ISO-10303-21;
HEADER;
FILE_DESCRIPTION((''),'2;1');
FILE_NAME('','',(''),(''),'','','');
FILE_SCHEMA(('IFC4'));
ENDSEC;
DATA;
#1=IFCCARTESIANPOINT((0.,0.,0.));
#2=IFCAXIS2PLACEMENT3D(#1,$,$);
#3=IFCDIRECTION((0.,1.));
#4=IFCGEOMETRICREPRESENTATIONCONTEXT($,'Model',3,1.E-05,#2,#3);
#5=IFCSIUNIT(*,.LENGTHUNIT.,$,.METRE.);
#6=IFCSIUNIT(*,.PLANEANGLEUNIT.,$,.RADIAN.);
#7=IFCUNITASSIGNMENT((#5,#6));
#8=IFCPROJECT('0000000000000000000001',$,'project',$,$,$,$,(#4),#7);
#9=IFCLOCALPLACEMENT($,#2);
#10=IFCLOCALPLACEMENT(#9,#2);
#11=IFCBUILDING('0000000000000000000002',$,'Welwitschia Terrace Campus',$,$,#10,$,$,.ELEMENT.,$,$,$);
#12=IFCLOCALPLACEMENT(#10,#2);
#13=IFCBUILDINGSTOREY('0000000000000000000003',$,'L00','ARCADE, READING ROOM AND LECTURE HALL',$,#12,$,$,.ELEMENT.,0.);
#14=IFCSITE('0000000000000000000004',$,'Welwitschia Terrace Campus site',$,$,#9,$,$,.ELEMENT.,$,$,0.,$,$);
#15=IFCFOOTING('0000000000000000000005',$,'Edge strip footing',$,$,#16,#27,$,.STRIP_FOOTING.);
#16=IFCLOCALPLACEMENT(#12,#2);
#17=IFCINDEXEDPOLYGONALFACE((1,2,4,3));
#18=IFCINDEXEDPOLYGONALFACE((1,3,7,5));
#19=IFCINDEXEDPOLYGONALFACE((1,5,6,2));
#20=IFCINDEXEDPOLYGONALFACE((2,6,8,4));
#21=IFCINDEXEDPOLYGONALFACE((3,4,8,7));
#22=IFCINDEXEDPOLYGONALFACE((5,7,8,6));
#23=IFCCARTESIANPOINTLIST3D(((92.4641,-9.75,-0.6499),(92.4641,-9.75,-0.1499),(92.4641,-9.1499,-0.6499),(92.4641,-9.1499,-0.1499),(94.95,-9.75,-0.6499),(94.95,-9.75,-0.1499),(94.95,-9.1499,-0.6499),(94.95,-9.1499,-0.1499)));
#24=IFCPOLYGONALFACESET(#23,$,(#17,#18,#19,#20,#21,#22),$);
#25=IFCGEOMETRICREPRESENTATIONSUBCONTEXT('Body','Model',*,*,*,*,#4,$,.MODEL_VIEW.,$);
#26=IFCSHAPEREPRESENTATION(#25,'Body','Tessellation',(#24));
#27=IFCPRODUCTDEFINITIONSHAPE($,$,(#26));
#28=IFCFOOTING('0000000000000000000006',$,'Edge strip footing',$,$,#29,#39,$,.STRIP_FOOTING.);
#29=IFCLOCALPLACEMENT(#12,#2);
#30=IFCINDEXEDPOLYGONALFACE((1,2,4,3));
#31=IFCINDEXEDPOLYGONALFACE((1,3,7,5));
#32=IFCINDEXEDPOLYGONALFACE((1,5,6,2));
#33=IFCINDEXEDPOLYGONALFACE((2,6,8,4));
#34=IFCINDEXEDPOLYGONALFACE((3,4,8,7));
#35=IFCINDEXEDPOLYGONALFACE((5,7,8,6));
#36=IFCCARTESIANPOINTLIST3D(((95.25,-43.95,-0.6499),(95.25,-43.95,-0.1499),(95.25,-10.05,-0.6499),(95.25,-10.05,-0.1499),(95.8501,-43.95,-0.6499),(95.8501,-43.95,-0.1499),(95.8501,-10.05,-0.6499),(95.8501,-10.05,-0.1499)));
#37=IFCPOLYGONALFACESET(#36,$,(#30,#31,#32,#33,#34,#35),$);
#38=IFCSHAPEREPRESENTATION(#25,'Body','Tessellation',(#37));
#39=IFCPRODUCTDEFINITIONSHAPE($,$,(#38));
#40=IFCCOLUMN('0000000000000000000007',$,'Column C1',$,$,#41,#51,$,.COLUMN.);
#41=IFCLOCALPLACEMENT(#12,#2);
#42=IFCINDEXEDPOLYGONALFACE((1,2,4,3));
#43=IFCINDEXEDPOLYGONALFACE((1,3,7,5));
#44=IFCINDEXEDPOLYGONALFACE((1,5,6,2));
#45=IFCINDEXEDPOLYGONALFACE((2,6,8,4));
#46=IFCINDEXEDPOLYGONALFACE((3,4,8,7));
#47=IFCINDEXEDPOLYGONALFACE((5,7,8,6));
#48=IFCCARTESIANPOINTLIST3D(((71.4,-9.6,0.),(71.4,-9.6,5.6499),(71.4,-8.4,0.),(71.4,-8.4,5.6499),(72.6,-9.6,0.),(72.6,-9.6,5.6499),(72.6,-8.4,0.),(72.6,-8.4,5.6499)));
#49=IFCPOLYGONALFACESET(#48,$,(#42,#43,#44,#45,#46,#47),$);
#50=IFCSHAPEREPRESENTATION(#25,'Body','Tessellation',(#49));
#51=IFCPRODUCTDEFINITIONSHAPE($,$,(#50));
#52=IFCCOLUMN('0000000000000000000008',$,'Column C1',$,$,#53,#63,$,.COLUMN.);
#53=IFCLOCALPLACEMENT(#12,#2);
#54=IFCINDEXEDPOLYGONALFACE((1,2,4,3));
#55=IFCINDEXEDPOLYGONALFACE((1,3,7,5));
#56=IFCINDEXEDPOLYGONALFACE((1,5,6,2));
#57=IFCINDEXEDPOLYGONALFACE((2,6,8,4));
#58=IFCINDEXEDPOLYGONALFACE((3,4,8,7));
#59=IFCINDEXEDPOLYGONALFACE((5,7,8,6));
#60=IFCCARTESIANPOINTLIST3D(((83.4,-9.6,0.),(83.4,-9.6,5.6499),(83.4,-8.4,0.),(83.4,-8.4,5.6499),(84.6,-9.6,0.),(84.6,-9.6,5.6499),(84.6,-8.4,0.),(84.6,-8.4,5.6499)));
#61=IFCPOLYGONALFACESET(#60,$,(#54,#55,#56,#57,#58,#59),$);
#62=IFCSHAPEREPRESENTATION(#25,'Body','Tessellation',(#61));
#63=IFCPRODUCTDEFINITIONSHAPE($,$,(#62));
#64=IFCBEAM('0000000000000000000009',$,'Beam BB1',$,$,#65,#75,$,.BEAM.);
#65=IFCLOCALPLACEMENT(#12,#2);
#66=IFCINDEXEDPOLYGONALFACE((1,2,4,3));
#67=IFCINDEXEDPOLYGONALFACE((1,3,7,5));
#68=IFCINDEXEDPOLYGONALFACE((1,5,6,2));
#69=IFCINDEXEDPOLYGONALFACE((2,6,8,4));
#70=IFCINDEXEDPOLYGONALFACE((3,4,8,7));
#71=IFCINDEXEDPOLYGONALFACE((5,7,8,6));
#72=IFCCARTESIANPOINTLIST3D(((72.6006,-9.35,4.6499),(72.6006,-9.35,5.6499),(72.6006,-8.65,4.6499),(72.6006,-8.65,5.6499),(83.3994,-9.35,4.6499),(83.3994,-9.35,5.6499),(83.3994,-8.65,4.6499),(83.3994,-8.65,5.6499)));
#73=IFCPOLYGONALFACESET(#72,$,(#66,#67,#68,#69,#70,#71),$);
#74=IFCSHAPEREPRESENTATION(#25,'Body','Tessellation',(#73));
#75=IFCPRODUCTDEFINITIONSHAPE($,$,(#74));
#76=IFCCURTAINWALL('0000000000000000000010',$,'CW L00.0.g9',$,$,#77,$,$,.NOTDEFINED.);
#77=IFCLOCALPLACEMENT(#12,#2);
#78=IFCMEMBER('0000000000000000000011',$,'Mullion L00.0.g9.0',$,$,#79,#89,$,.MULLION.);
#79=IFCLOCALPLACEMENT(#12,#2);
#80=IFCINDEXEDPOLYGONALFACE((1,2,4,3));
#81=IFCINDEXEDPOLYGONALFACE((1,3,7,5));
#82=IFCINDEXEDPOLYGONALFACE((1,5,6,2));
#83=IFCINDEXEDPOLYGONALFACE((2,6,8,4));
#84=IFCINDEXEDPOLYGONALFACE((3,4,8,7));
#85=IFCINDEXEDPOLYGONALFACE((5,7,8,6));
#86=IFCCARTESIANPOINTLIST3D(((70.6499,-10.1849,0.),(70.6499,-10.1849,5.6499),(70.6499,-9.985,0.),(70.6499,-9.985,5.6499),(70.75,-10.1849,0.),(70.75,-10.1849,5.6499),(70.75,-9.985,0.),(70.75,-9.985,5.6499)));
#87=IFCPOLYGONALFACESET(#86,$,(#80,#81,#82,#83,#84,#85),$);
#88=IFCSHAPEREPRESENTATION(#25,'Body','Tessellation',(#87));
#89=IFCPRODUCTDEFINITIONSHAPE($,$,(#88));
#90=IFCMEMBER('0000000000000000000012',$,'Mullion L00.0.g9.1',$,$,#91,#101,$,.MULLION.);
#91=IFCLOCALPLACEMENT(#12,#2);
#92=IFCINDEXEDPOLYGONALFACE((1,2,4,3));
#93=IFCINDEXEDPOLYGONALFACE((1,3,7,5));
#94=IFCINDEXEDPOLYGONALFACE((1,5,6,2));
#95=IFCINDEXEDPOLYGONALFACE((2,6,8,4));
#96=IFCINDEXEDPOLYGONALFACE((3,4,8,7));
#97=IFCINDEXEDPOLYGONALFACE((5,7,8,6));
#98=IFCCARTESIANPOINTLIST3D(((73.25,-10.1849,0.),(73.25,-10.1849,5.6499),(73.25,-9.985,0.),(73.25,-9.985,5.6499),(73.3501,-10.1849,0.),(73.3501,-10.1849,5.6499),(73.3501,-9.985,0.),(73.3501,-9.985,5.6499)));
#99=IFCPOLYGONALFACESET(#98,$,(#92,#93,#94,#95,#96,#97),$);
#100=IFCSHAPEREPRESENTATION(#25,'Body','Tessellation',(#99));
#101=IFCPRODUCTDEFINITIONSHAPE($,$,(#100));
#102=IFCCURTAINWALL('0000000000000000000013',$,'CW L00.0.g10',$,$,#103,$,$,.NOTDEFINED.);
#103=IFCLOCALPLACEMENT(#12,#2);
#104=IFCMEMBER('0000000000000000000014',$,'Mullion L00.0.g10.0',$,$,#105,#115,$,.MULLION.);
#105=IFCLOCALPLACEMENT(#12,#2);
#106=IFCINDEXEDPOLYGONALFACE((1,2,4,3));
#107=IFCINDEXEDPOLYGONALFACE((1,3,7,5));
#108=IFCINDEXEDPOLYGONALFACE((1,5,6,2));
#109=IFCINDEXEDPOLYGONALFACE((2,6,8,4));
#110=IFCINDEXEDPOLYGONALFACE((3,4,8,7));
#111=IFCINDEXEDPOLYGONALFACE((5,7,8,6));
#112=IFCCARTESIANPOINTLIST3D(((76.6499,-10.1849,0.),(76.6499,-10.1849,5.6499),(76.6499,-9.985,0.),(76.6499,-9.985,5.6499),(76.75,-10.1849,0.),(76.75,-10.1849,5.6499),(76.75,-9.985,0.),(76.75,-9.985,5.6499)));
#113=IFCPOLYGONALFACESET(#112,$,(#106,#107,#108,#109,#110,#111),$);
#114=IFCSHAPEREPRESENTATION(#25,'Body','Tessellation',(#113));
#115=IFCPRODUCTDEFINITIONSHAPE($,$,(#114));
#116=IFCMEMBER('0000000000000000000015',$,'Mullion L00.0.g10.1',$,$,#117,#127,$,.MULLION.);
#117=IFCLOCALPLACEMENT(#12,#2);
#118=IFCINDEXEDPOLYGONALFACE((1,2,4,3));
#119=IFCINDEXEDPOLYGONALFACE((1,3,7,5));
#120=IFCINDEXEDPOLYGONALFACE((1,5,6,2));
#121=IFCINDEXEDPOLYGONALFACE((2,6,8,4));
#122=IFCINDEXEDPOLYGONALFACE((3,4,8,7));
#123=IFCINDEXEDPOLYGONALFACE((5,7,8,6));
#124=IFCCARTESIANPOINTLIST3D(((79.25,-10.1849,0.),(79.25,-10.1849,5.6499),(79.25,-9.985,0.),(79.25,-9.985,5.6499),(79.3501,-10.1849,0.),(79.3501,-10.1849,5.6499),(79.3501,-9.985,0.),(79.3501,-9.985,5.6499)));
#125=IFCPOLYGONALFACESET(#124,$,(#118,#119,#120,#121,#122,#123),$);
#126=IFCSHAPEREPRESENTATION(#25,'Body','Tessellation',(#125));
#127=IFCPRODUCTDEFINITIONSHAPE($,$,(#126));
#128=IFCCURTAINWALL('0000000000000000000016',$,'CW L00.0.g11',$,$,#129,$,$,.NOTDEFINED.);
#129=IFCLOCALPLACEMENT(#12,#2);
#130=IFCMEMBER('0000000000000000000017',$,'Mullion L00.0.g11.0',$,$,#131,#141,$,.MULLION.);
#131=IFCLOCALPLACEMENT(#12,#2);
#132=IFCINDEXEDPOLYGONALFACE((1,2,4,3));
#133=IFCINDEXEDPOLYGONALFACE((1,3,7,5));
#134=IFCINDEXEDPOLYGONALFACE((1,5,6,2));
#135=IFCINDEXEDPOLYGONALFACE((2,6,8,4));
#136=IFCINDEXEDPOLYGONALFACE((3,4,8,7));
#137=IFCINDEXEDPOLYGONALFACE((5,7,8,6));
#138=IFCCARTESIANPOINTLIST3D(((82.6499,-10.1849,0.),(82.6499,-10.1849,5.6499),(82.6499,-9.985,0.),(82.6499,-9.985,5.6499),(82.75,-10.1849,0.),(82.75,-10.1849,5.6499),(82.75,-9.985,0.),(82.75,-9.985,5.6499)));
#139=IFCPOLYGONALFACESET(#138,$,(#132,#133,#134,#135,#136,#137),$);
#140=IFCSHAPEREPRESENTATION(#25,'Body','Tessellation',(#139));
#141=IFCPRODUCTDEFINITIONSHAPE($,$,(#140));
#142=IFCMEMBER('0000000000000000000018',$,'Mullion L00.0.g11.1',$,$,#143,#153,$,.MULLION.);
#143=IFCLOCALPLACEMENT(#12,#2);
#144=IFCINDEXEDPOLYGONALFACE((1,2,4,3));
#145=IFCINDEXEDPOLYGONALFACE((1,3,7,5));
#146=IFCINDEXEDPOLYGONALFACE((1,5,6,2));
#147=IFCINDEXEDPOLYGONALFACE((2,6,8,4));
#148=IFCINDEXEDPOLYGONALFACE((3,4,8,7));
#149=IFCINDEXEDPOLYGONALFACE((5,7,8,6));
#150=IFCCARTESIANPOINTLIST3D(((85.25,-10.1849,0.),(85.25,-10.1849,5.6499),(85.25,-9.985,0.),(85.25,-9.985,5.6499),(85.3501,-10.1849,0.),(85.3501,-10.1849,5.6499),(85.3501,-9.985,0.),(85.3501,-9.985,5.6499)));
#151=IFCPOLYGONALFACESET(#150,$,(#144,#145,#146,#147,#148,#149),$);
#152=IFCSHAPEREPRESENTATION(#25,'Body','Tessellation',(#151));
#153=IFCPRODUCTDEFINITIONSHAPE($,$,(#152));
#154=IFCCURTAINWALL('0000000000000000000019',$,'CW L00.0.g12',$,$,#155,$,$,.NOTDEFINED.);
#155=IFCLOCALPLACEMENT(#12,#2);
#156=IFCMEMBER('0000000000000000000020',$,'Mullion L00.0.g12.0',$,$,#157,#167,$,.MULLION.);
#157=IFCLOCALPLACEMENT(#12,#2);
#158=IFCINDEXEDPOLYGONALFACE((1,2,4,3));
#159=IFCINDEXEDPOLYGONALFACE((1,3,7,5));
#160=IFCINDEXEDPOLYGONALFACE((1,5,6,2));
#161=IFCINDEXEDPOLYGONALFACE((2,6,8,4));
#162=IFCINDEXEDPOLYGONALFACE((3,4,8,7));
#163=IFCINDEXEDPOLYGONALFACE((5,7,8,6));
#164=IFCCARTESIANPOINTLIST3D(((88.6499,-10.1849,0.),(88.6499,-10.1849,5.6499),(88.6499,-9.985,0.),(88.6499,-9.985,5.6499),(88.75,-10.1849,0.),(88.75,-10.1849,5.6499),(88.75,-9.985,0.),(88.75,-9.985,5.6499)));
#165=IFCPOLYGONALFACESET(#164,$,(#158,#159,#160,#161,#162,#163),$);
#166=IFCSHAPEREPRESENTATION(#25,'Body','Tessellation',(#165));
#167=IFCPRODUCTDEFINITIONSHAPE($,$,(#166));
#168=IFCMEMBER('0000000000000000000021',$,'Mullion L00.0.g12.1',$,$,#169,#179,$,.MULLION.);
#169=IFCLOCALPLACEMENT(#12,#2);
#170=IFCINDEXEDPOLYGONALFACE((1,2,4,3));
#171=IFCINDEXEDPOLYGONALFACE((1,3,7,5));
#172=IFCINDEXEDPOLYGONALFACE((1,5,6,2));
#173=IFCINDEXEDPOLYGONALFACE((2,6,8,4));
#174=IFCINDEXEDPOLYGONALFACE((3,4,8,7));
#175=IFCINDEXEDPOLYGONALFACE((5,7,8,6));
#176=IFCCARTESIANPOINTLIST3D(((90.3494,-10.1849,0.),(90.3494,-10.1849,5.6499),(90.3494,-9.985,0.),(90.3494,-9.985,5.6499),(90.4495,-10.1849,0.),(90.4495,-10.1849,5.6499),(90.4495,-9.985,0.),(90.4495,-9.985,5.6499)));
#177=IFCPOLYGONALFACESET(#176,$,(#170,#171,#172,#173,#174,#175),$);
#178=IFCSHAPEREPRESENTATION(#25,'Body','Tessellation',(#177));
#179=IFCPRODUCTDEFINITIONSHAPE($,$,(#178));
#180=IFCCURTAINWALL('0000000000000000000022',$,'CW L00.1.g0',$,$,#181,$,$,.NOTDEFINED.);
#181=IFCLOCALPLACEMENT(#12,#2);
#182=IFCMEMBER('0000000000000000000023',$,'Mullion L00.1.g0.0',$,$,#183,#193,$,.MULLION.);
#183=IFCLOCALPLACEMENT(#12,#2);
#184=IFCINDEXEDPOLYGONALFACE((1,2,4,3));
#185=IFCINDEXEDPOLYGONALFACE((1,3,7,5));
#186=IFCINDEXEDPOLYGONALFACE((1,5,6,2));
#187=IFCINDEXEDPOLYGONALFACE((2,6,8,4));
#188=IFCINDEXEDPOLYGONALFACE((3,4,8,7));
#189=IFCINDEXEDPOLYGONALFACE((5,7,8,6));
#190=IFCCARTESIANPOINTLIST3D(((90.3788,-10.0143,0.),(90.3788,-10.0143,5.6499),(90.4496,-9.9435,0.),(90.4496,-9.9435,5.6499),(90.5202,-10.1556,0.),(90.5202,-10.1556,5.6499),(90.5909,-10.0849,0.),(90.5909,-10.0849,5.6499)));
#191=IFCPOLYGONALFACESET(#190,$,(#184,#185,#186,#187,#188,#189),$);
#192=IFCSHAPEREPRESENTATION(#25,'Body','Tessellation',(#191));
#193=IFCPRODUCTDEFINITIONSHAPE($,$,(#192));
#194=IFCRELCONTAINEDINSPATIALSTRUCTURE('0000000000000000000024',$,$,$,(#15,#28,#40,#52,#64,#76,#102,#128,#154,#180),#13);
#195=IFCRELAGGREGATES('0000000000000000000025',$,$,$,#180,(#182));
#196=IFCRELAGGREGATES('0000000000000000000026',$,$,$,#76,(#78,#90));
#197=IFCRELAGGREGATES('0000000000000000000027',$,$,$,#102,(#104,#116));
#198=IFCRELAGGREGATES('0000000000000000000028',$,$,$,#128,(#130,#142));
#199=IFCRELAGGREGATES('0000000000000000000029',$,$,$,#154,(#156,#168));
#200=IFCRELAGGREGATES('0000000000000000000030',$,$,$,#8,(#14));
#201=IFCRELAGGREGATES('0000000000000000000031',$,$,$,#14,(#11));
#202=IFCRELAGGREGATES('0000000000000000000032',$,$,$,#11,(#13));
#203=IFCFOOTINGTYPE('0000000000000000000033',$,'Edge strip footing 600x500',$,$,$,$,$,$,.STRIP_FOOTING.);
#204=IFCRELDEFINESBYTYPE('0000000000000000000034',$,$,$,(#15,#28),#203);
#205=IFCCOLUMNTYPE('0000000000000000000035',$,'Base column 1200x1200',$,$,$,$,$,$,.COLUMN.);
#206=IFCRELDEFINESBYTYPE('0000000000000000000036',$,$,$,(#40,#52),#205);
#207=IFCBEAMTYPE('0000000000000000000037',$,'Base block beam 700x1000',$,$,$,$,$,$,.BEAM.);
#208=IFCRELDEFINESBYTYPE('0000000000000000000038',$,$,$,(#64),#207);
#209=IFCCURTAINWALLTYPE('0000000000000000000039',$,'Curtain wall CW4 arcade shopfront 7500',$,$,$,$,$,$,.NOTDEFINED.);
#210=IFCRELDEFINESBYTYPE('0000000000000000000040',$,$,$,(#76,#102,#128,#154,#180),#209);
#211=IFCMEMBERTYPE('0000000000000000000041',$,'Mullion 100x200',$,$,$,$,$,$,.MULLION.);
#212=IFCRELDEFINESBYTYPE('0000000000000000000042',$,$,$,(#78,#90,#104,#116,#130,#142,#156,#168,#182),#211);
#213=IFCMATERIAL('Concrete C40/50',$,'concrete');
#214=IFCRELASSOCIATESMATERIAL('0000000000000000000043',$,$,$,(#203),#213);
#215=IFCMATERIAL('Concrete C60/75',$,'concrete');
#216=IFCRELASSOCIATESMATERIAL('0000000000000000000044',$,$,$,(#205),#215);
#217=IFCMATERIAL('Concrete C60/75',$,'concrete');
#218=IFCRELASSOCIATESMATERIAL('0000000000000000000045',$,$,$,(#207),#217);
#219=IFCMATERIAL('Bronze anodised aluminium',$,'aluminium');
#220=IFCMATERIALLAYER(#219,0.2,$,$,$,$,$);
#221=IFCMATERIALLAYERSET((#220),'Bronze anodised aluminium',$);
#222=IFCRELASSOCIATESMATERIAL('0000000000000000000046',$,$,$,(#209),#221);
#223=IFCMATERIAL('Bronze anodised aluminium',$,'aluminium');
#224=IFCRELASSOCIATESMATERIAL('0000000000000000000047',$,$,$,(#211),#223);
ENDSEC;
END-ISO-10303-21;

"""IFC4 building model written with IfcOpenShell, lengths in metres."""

from ifc_helpers import new_model, si_unit, direction, frame, origin, origin_2d, place, context, subcontext, project, spatial, rectangle, extrude, material, layer, layer_set, material_profile, profile_set, type_object, element, aggregate, save


model = new_model("IFC4")

# Units and contexts
model_context = context("Model", 3, precision=1e-05, world=origin(), true_north=direction((0.0, 1.0)))
body_context = subcontext(model_context, "Body", "Model", "MODEL_VIEW")
ifc_project = project(units=[si_unit("LENGTHUNIT", "METRE"), si_unit("PLANEANGLEUNIT", "RADIAN")], contexts=[model_context])

# Site, building, storey
site_placement = place(None, origin())
site = spatial("IfcSite", under=ifc_project, at=site_placement, Name="Welwitschia Terrace Campus site", CompositionType="ELEMENT", RefElevation=0.0)
building_placement = place(site_placement, origin())
building = spatial("IfcBuilding", under=site, at=building_placement, Name="Welwitschia Terrace Campus", CompositionType="ELEMENT")
storey_placement = place(building_placement, origin())
storey = spatial("IfcBuildingStorey", under=building, at=storey_placement, Name="L00", Description="ARCADE, READING ROOM AND LECTURE HALL", CompositionType="ELEMENT", Elevation=0.0)

# Footings
ifc_material_1 = material(Name="Concrete C40/50", Category="concrete")
footing_type = type_object("IfcFootingType", Name="Edge strip footing 600x500", PredefinedType="STRIP_FOOTING", material=ifc_material_1)
footing_1_placement = place(storey_placement, frame((93.707, -9.45, -0.6499), z_axis=(0.0, 0.0, 1.0), x_axis=(-1.0, 0.0, 0.0)))
element("IfcFooting", 1, at=footing_1_placement, inside=storey, type_object=footing_type, Name="Edge strip footing", PredefinedType="STRIP_FOOTING", context=body_context, shape_type="SweptSolid", body=[
    extrude(rectangle(XDim=2.4858, YDim=0.6001, at=origin_2d()), origin(), (0.0, 0.0, 1.0), 0.5),
])
footing_2_placement = place(storey_placement, frame((95.55, -27.0, -0.6499), z_axis=(0.0, 0.0, 1.0), x_axis=(0.0, 1.0, 0.0)))
element("IfcFooting", 2, at=footing_2_placement, inside=storey, type_object=footing_type, Name="Edge strip footing", PredefinedType="STRIP_FOOTING", context=body_context, shape_type="SweptSolid", body=[
    extrude(rectangle(XDim=33.8999, YDim=0.6001, at=origin_2d()), origin(), (0.0, 0.0, 1.0), 0.5),
])

# Columns
ifc_material_2 = material(Name="Concrete C60/75", Category="concrete")
ifc_material_profile_1 = material_profile(ifc_material_2, rectangle(XDim=1.2, YDim=1.2, at=origin_2d()))
ifc_profile_set_1 = profile_set([ifc_material_profile_1], Name="Concrete C60/75")
column_type = type_object("IfcColumnType", Name="Base column 1200x1200", PredefinedType="COLUMN", material=ifc_profile_set_1)
for number, where, z_axis, x_axis, name in (
    (3, (72.0, -9.0, 0.0), (0.0, 0.0, 1.0), (1.0, 0.0, 0.0), "Column C1"),
    (4, (84.0, -9.0, 0.0), (0.0, 0.0, 1.0), (1.0, 0.0, 0.0), "Column C1"),
):
    element("IfcColumn", number, at=place(storey_placement, frame(where, z_axis=z_axis, x_axis=x_axis)), inside=storey, type_object=column_type, Name=name, PredefinedType="COLUMN", context=body_context, shape_type="SweptSolid", body=[
        extrude(rectangle(XDim=1.2, YDim=1.2, at=origin_2d()), origin(), (0.0, 0.0, 1.0), 5.6499),
    ])

# Beam
ifc_material_3 = material(Name="Concrete C60/75", Category="concrete")
ifc_material_profile_2 = material_profile(ifc_material_3, rectangle(XDim=0.7, YDim=1.0, at=origin_2d()))
ifc_profile_set_2 = profile_set([ifc_material_profile_2], Name="Concrete C60/75")
beam_type = type_object("IfcBeamType", Name="Base block beam 700x1000", PredefinedType="BEAM", material=ifc_profile_set_2)
beam_placement = place(storey_placement, frame((72.6006, -9.0, 5.1499), z_axis=(1.0, 0.0, 0.0), x_axis=(0.0, 1.0, 0.0)))
element("IfcBeam", 5, at=beam_placement, inside=storey, type_object=beam_type, Name="Beam BB1", PredefinedType="BEAM", context=body_context, shape_type="SweptSolid", body=[
    extrude(rectangle(XDim=0.7, YDim=1.0, at=origin_2d()), origin(), (0.0, 0.0, 1.0), 10.7988),
])

# Curtain walls, members
ifc_material_4 = material(Name="Bronze anodised aluminium", Category="aluminium")
ifc_layer_1 = layer(ifc_material_4, 0.2)
ifc_layer_set_1 = layer_set([ifc_layer_1], Name="Bronze anodised aluminium")
curtain_wall_type = type_object("IfcCurtainWallType", Name="Curtain wall CW4 arcade shopfront 7500", PredefinedType="NOTDEFINED", material=ifc_layer_set_1)
curtain_wall_1_placement = place(storey_placement, origin())
curtain_wall_1 = element("IfcCurtainWall", 6, at=curtain_wall_1_placement, inside=storey, type_object=curtain_wall_type, Name="CW L00.0.g9", PredefinedType="NOTDEFINED")
ifc_material_5 = material(Name="Bronze anodised aluminium", Category="aluminium")
ifc_material_profile_3 = material_profile(ifc_material_5, rectangle(XDim=0.2, YDim=0.1001, at=origin_2d()))
ifc_profile_set_3 = profile_set([ifc_material_profile_3], Name="Bronze anodised aluminium")
member_type_1 = type_object("IfcMemberType", Name="Mullion 100x200", PredefinedType="MULLION", material=ifc_profile_set_3)
member_1_placement = place(storey_placement, frame((70.7, -10.085, 0.0), z_axis=(0.0, 0.0, 1.0), x_axis=(0.0, 1.0, 0.0)))
member_1 = element("IfcMember", 7, at=member_1_placement, type_object=member_type_1, Name="Mullion L00.0.g9.0", PredefinedType="MULLION", context=body_context, shape_type="SweptSolid", body=[
    extrude(rectangle(XDim=0.2, YDim=0.1001, at=origin_2d()), origin(), (0.0, 0.0, 1.0), 5.6499),
])
member_2_placement = place(storey_placement, frame((73.3, -10.085, 0.0), z_axis=(0.0, 0.0, 1.0), x_axis=(0.0, 1.0, 0.0)))
member_2 = element("IfcMember", 8, at=member_2_placement, type_object=member_type_1, Name="Mullion L00.0.g9.1", PredefinedType="MULLION", context=body_context, shape_type="SweptSolid", body=[
    extrude(rectangle(XDim=0.2, YDim=0.1001, at=origin_2d()), origin(), (0.0, 0.0, 1.0), 5.6499),
])
curtain_wall_2_placement = place(storey_placement, origin())
curtain_wall_2 = element("IfcCurtainWall", 9, at=curtain_wall_2_placement, inside=storey, type_object=curtain_wall_type, Name="CW L00.0.g10", PredefinedType="NOTDEFINED")
member_3_placement = place(storey_placement, frame((76.7, -10.085, 0.0), z_axis=(0.0, 0.0, 1.0), x_axis=(0.0, 1.0, 0.0)))
member_3 = element("IfcMember", 10, at=member_3_placement, type_object=member_type_1, Name="Mullion L00.0.g10.0", PredefinedType="MULLION", context=body_context, shape_type="SweptSolid", body=[
    extrude(rectangle(XDim=0.2, YDim=0.1001, at=origin_2d()), origin(), (0.0, 0.0, 1.0), 5.6499),
])
member_4_placement = place(storey_placement, frame((79.3, -10.085, 0.0), z_axis=(0.0, 0.0, 1.0), x_axis=(0.0, 1.0, 0.0)))
member_4 = element("IfcMember", 11, at=member_4_placement, type_object=member_type_1, Name="Mullion L00.0.g10.1", PredefinedType="MULLION", context=body_context, shape_type="SweptSolid", body=[
    extrude(rectangle(XDim=0.2, YDim=0.1001, at=origin_2d()), origin(), (0.0, 0.0, 1.0), 5.6499),
])
curtain_wall_3_placement = place(storey_placement, origin())
curtain_wall_3 = element("IfcCurtainWall", 12, at=curtain_wall_3_placement, inside=storey, type_object=curtain_wall_type, Name="CW L00.0.g11", PredefinedType="NOTDEFINED")
member_5_placement = place(storey_placement, frame((82.7, -10.085, 0.0), z_axis=(0.0, 0.0, 1.0), x_axis=(0.0, 1.0, 0.0)))
member_5 = element("IfcMember", 13, at=member_5_placement, type_object=member_type_1, Name="Mullion L00.0.g11.0", PredefinedType="MULLION", context=body_context, shape_type="SweptSolid", body=[
    extrude(rectangle(XDim=0.2, YDim=0.1001, at=origin_2d()), origin(), (0.0, 0.0, 1.0), 5.6499),
])
member_6_placement = place(storey_placement, frame((85.3, -10.085, 0.0), z_axis=(0.0, 0.0, 1.0), x_axis=(0.0, 1.0, 0.0)))
member_6 = element("IfcMember", 14, at=member_6_placement, type_object=member_type_1, Name="Mullion L00.0.g11.1", PredefinedType="MULLION", context=body_context, shape_type="SweptSolid", body=[
    extrude(rectangle(XDim=0.2, YDim=0.1001, at=origin_2d()), origin(), (0.0, 0.0, 1.0), 5.6499),
])
curtain_wall_4_placement = place(storey_placement, origin())
curtain_wall_4 = element("IfcCurtainWall", 15, at=curtain_wall_4_placement, inside=storey, type_object=curtain_wall_type, Name="CW L00.0.g12", PredefinedType="NOTDEFINED")
member_7_placement = place(storey_placement, frame((88.7, -10.085, 0.0), z_axis=(0.0, 0.0, 1.0), x_axis=(0.0, 1.0, 0.0)))
member_7 = element("IfcMember", 16, at=member_7_placement, type_object=member_type_1, Name="Mullion L00.0.g12.0", PredefinedType="MULLION", context=body_context, shape_type="SweptSolid", body=[
    extrude(rectangle(XDim=0.2, YDim=0.1001, at=origin_2d()), origin(), (0.0, 0.0, 1.0), 5.6499),
])
member_8_placement = place(storey_placement, frame((90.3994, -10.085, 0.0), z_axis=(0.0, 0.0, 1.0), x_axis=(0.0, 1.0, 0.0)))
member_8 = element("IfcMember", 17, at=member_8_placement, type_object=member_type_1, Name="Mullion L00.0.g12.1", PredefinedType="MULLION", context=body_context, shape_type="SweptSolid", body=[
    extrude(rectangle(XDim=0.2, YDim=0.1001, at=origin_2d()), origin(), (0.0, 0.0, 1.0), 5.6499),
])

# Curtain wall, member
curtain_wall_5_placement = place(storey_placement, origin())
curtain_wall_5 = element("IfcCurtainWall", 18, at=curtain_wall_5_placement, inside=storey, type_object=curtain_wall_type, Name="CW L00.1.g0", PredefinedType="NOTDEFINED")
member_9_placement = place(storey_placement, frame((90.4849, -10.0496, 0.0), z_axis=(0.0, 0.0, 1.0), x_axis=(-0.707107, 0.707107, 0.0)))
member_9 = element("IfcMember", 19, at=member_9_placement, type_object=member_type_1, Name="Mullion L00.1.g0.0", PredefinedType="MULLION", context=body_context, shape_type="SweptSolid", body=[
    extrude(rectangle(XDim=0.2, YDim=0.1001, at=origin_2d()), origin(), (0.0, 0.0, 1.0), 5.6499),
])

aggregate(curtain_wall_5, [member_9])

aggregate(curtain_wall_1, [member_1, member_2])
aggregate(curtain_wall_2, [member_3, member_4])
aggregate(curtain_wall_3, [member_5, member_6])
aggregate(curtain_wall_4, [member_7, member_8])

save(model, "model.ifc")
